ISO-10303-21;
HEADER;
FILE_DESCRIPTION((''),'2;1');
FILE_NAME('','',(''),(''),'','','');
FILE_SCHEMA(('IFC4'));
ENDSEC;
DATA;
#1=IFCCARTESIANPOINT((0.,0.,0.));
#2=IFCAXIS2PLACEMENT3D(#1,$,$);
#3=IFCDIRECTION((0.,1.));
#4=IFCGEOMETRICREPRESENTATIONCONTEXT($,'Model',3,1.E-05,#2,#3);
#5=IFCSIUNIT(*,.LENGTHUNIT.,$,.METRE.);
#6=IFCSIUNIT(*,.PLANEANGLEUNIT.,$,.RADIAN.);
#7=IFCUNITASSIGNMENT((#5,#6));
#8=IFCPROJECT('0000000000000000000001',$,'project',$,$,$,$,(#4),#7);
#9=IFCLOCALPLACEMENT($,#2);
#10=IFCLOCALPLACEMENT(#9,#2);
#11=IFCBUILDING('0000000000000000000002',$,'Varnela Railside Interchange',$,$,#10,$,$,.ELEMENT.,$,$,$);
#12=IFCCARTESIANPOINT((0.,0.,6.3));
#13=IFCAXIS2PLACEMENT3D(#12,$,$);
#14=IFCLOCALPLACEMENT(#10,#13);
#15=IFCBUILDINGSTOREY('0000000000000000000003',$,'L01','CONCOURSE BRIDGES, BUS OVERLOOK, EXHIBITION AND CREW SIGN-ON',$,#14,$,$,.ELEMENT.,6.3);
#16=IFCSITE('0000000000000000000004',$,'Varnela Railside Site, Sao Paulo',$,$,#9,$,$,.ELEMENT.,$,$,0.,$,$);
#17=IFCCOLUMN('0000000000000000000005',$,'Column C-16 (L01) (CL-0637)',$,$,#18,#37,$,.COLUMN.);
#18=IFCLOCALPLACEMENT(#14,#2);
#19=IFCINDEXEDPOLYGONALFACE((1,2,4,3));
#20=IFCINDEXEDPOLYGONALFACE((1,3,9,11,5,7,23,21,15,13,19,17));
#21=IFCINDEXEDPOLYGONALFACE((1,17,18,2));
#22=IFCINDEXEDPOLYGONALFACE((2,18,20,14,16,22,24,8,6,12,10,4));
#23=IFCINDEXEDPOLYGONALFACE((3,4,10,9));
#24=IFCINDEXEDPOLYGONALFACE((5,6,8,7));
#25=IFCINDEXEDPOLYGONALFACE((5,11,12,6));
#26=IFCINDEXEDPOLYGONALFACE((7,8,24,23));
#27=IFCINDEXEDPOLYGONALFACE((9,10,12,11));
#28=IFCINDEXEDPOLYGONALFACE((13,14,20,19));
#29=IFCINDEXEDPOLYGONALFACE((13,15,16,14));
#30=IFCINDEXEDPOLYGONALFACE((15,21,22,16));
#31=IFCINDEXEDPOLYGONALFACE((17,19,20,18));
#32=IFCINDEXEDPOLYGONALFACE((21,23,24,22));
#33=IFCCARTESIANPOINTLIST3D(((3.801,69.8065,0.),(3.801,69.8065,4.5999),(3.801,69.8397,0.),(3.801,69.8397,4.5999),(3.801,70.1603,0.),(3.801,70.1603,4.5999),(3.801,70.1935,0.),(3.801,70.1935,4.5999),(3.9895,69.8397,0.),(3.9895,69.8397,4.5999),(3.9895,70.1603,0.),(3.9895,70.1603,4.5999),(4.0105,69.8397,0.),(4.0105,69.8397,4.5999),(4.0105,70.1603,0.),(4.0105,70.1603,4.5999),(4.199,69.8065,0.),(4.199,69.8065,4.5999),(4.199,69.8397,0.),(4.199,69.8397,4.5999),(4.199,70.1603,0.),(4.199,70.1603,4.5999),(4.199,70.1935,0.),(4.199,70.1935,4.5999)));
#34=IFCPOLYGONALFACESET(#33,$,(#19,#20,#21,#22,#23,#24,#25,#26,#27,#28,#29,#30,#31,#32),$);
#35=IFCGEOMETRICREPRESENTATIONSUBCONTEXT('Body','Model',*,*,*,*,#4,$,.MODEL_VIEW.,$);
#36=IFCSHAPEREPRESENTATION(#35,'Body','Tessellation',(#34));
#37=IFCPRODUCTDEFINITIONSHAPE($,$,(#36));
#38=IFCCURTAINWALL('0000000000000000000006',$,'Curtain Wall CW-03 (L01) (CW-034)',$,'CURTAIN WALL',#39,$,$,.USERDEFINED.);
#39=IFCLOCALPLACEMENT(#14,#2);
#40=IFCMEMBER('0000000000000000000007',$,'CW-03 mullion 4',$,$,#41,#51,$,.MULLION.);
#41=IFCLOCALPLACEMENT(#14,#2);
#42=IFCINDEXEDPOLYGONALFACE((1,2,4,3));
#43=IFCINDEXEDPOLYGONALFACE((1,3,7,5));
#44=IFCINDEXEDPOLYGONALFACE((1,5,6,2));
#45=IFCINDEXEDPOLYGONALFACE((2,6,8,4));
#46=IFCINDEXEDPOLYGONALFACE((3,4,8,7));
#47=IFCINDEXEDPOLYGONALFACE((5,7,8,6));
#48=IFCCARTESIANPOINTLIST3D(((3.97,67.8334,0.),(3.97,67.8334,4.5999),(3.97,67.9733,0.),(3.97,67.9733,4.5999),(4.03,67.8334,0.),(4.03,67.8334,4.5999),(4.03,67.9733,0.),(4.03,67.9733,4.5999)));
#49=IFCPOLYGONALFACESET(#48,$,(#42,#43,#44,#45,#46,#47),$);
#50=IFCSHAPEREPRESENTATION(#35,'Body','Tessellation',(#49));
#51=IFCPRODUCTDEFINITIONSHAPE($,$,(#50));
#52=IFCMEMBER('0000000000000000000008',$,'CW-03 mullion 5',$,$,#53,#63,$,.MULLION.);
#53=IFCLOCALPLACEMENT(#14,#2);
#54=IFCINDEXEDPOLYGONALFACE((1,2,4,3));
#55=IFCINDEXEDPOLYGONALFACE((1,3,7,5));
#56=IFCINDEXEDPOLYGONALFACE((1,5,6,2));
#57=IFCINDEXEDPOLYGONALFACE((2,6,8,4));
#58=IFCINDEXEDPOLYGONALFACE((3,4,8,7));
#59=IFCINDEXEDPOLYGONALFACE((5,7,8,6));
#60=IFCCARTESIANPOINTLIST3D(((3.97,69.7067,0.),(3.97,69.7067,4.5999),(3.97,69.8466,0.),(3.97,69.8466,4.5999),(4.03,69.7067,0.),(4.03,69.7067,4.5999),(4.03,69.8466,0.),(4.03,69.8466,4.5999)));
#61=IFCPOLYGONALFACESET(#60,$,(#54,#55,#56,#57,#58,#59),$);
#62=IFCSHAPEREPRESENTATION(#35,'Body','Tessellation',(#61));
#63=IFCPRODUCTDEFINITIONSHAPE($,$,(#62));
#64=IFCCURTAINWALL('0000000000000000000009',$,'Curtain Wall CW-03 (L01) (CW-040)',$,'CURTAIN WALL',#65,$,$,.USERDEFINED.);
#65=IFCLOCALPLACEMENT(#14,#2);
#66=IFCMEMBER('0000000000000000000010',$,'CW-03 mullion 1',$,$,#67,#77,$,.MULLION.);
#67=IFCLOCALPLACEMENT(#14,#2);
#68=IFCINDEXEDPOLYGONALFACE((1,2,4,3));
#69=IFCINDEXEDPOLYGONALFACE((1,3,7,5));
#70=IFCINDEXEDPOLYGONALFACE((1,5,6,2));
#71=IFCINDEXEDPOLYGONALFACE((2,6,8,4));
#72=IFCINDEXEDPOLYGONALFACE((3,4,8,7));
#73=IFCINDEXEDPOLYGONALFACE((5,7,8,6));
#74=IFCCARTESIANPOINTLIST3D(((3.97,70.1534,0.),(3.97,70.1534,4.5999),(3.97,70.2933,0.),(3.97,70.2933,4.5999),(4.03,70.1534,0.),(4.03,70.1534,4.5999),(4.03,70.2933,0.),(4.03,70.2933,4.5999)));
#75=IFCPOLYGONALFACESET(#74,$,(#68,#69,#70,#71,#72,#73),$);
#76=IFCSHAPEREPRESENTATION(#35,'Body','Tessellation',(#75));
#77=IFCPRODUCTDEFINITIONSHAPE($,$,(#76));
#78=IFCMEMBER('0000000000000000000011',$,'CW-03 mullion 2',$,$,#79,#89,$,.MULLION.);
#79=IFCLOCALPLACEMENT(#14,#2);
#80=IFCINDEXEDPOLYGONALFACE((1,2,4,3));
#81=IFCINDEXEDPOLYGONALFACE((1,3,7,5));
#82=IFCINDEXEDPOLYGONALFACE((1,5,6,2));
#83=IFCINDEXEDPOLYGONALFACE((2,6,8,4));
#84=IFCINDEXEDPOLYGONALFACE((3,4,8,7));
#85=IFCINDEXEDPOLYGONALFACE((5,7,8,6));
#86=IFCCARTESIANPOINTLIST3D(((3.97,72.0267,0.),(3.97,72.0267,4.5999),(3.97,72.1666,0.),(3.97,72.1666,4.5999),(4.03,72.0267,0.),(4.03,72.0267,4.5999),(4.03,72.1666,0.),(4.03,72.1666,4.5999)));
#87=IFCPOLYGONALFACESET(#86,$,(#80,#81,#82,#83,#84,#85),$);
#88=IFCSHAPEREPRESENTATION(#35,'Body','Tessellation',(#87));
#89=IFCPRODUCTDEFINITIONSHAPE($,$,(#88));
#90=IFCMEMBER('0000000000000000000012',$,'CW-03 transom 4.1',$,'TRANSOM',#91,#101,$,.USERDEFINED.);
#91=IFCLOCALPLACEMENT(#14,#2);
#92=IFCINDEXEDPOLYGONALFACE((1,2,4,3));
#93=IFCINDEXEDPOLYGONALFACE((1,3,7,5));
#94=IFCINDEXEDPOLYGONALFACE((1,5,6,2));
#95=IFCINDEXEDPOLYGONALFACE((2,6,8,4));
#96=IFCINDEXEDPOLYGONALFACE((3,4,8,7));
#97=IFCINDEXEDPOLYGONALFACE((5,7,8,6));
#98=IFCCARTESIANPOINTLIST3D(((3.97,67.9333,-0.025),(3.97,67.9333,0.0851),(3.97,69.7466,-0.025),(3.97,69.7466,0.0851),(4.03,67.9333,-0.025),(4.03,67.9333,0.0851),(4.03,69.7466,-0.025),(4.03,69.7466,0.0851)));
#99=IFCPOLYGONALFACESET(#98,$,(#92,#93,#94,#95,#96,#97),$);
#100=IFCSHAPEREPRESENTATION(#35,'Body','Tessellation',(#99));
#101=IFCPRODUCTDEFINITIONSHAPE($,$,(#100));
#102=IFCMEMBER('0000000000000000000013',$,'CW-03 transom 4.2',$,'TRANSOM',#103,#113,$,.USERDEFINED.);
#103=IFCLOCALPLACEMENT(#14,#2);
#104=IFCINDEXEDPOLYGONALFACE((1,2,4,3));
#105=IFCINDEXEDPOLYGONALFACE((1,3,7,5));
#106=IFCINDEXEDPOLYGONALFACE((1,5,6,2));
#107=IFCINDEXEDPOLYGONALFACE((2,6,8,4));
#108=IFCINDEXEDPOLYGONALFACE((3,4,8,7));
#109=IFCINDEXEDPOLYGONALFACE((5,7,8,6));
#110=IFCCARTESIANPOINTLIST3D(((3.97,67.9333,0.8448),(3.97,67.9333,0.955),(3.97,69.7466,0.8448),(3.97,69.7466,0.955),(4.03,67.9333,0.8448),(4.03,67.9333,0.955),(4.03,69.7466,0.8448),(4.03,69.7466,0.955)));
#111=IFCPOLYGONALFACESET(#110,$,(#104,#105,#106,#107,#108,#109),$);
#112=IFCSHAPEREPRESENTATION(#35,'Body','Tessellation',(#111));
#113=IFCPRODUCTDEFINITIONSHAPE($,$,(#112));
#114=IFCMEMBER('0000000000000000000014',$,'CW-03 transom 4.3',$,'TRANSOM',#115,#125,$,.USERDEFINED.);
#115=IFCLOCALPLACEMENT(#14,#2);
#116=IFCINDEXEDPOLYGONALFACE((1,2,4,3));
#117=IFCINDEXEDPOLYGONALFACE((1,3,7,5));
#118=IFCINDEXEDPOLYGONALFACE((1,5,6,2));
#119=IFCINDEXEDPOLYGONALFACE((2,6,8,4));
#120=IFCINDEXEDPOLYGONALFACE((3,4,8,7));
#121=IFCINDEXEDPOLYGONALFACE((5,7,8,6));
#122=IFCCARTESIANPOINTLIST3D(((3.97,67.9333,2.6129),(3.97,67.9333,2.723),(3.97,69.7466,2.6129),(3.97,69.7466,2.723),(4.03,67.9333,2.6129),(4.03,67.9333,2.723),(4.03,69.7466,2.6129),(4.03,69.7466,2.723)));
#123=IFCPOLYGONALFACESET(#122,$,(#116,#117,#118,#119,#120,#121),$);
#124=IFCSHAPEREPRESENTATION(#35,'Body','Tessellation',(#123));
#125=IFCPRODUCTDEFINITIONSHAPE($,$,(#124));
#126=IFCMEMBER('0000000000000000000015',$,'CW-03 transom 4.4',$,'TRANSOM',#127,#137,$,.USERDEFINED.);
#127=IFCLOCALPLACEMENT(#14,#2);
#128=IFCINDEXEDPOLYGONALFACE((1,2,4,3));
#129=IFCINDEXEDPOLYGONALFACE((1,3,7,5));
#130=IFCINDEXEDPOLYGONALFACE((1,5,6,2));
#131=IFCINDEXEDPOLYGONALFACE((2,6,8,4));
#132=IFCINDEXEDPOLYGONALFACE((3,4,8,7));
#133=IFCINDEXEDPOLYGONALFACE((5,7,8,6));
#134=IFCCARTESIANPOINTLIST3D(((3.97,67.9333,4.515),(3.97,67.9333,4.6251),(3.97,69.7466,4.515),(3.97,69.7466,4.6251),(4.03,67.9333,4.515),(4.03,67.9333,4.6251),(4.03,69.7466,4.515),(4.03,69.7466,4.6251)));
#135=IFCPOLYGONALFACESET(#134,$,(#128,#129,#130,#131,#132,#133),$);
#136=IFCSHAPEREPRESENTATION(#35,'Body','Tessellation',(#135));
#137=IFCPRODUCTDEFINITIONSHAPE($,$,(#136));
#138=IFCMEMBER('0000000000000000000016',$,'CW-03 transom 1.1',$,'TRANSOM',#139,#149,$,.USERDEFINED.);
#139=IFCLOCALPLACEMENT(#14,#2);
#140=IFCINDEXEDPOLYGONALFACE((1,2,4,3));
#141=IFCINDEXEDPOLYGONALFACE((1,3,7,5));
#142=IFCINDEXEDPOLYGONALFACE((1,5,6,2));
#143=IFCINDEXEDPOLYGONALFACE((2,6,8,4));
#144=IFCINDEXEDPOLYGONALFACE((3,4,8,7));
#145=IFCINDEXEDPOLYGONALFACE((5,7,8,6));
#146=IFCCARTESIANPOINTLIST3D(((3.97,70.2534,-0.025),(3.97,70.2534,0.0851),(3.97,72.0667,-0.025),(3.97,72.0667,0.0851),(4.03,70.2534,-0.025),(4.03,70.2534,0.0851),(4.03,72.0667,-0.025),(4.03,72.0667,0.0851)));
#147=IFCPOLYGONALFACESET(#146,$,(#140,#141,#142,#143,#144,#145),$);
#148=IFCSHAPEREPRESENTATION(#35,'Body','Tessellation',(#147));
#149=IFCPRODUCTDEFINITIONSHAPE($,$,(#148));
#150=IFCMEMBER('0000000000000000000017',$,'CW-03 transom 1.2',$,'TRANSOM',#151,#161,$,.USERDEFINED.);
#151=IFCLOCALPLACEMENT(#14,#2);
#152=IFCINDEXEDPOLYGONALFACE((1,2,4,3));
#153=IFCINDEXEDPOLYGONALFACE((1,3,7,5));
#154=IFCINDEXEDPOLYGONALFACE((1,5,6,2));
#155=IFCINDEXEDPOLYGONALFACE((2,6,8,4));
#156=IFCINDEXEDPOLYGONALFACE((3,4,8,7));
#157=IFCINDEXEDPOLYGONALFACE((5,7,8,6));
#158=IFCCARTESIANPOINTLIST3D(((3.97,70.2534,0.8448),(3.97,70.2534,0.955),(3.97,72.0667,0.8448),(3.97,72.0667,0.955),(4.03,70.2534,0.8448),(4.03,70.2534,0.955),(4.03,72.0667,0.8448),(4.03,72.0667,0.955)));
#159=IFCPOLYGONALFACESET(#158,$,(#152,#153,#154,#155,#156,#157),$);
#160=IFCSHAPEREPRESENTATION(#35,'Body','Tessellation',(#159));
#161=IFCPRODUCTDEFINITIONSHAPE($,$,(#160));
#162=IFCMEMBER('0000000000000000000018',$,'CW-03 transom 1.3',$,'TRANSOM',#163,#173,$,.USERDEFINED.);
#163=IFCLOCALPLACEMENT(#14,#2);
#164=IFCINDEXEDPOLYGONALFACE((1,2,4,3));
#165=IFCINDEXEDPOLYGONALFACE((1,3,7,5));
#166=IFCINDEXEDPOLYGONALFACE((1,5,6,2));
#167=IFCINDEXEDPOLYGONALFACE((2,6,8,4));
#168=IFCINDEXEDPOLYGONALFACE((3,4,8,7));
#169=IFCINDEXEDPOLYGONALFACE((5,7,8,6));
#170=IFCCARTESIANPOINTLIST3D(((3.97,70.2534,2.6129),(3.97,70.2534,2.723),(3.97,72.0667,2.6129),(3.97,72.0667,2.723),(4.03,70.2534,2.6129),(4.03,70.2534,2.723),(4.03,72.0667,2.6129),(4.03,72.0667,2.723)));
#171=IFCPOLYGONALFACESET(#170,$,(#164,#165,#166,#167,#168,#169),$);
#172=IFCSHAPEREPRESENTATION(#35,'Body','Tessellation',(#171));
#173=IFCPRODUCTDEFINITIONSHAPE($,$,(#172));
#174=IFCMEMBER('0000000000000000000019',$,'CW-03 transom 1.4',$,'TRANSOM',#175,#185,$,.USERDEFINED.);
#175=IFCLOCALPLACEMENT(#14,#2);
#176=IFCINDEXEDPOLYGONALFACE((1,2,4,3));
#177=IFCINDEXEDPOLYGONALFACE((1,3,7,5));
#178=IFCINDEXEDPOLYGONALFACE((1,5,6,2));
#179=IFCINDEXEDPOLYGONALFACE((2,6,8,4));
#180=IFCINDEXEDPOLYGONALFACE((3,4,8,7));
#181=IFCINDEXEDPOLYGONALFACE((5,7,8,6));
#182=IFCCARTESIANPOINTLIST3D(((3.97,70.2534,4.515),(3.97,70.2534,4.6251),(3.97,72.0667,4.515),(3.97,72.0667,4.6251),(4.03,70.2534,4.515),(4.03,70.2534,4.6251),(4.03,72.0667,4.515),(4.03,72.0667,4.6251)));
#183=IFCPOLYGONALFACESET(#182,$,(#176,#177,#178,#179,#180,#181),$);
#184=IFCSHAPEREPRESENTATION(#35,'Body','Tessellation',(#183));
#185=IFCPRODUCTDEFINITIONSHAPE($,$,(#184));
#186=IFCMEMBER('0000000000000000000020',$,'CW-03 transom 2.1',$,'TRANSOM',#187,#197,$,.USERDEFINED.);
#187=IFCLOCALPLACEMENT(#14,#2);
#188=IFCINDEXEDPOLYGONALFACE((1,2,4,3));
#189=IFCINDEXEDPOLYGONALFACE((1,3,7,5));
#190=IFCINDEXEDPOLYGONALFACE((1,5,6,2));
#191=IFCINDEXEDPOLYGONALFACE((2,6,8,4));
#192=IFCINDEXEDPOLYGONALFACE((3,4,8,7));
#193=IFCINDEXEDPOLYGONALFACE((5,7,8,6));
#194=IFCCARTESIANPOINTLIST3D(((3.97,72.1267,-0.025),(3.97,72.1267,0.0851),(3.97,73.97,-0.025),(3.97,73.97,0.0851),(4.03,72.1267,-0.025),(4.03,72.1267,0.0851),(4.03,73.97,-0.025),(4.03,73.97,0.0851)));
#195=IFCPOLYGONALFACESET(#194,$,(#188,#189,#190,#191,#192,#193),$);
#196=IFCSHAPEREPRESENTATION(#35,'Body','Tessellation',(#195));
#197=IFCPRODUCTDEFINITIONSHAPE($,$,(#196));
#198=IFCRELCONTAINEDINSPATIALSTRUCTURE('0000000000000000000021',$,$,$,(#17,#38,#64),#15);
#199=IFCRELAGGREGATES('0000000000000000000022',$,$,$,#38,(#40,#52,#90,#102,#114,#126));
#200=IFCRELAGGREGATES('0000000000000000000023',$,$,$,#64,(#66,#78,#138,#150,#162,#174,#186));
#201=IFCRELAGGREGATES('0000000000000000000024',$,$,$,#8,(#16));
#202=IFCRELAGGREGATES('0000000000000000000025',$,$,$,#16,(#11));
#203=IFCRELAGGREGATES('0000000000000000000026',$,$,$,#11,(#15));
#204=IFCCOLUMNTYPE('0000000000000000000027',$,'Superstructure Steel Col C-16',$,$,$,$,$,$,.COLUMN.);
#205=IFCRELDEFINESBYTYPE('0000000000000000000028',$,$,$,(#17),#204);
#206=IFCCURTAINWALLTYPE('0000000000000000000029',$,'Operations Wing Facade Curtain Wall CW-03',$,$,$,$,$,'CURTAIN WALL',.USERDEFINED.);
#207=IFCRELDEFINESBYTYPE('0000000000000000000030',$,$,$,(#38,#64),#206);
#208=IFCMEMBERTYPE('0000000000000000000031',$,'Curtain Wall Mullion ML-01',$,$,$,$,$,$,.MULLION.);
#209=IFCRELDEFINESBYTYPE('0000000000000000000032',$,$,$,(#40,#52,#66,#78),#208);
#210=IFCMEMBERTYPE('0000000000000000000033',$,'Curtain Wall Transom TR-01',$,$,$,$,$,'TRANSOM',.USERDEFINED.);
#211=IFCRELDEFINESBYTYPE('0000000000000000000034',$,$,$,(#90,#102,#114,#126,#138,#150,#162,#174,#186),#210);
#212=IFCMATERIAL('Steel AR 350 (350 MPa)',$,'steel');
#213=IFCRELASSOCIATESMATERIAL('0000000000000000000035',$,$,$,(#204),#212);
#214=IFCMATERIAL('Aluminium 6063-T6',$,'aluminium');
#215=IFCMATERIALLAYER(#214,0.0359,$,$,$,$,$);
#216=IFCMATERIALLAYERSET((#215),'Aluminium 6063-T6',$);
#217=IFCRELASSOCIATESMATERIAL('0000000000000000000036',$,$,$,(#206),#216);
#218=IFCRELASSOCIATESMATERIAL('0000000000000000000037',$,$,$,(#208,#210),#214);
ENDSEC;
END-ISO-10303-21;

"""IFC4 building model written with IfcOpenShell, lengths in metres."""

from ifc_helpers import new_model, si_unit, direction, frame, origin, origin_2d, place, context, subcontext, project, spatial, rectangle, i_section, extrude, material, layer, layer_set, material_profile, profile_set, type_object, element, aggregate, save


model = new_model("IFC4")

# Units and contexts
model_context = context("Model", 3, precision=1e-05, world=origin(), true_north=direction((0.0, 1.0)))
body_context = subcontext(model_context, "Body", "Model", "MODEL_VIEW")
ifc_project = project(units=[si_unit("LENGTHUNIT", "METRE"), si_unit("PLANEANGLEUNIT", "RADIAN")], contexts=[model_context])

# Site, building, storey
site_placement = place(None, origin())
site = spatial("IfcSite", under=ifc_project, at=site_placement, Name="Varnela Railside Site, Sao Paulo", CompositionType="ELEMENT", RefElevation=0.0)
building_placement = place(site_placement, origin())
building = spatial("IfcBuilding", under=site, at=building_placement, Name="Varnela Railside Interchange", CompositionType="ELEMENT")
storey_placement = place(building_placement, frame((0.0, 0.0, 6.3)))
storey = spatial("IfcBuildingStorey", under=building, at=storey_placement, Name="L01", Description="CONCOURSE BRIDGES, BUS OVERLOOK, EXHIBITION AND CREW SIGN-ON", CompositionType="ELEMENT", Elevation=6.3)

# Column
ifc_material_1 = material(Name="Steel AR 350 (350 MPa)", Category="steel")
ifc_material_profile_1 = material_profile(ifc_material_1, i_section(OverallWidth=0.3979, OverallDepth=0.387, WebThickness=0.021, FlangeThickness=0.0332, at=origin_2d()), Name="W360x262")
ifc_profile_set_1 = profile_set([ifc_material_profile_1], Name="Steel AR 350 (350 MPa)")
column_type = type_object("IfcColumnType", Name="Superstructure Steel Col C-16", PredefinedType="COLUMN", material=ifc_profile_set_1)
column_placement = place(storey_placement, frame((4.0, 70.0, 0.0), z_axis=(0.0, 0.0, 1.0), x_axis=(1.0, 0.0, 0.0)))
element("IfcColumn", 1, at=column_placement, inside=storey, type_object=column_type, Name="Column C-16 (L01) (CL-0637)", PredefinedType="COLUMN", context=body_context, shape_type="SweptSolid", body=[
    extrude(i_section(OverallWidth=0.3979, OverallDepth=0.387, WebThickness=0.021, FlangeThickness=0.0332, at=origin_2d()), origin(), (0.0, 0.0, 1.0), 4.5999),
])

# Curtain walls, members
ifc_material_2 = material(Name="Aluminium 6063-T6", Category="aluminium")
ifc_layer_1 = layer(ifc_material_2, 0.0359)
ifc_layer_set_1 = layer_set([ifc_layer_1], Name="Aluminium 6063-T6")
curtain_wall_type = type_object("IfcCurtainWallType", Name="Operations Wing Facade Curtain Wall CW-03", ElementType="CURTAIN WALL", PredefinedType="USERDEFINED", material=ifc_layer_set_1)
curtain_wall_1_placement = place(storey_placement, origin())
curtain_wall_1 = element("IfcCurtainWall", 2, at=curtain_wall_1_placement, inside=storey, type_object=curtain_wall_type, Name="Curtain Wall CW-03 (L01) (CW-034)", ObjectType="CURTAIN WALL", PredefinedType="USERDEFINED")
ifc_material_profile_2 = material_profile(ifc_material_2, rectangle(XDim=0.0601, YDim=0.1399, at=origin_2d()), Name="ALU 60x140")
ifc_profile_set_2 = profile_set([ifc_material_profile_2], Name="Aluminium 6063-T6")
member_type_1 = type_object("IfcMemberType", Name="Curtain Wall Mullion ML-01", PredefinedType="MULLION", material=ifc_profile_set_2)
member_1_placement = place(storey_placement, frame((4.0, 67.9033, 0.0), z_axis=(0.0, 0.0, 1.0), x_axis=(-1.0, 0.0, 0.0)))
member_1 = element("IfcMember", 3, at=member_1_placement, type_object=member_type_1, Name="CW-03 mullion 4", PredefinedType="MULLION", context=body_context, shape_type="SweptSolid", body=[
    extrude(rectangle(XDim=0.0601, YDim=0.1399, at=origin_2d()), origin(), (0.0, 0.0, 1.0), 4.5999),
])
member_2_placement = place(storey_placement, frame((4.0, 69.7766, 0.0), z_axis=(0.0, 0.0, 1.0), x_axis=(-1.0, 0.0, 0.0)))
member_2 = element("IfcMember", 4, at=member_2_placement, type_object=member_type_1, Name="CW-03 mullion 5", PredefinedType="MULLION", context=body_context, shape_type="SweptSolid", body=[
    extrude(rectangle(XDim=0.0601, YDim=0.1399, at=origin_2d()), origin(), (0.0, 0.0, 1.0), 4.5999),
])
curtain_wall_2_placement = place(storey_placement, origin())
curtain_wall_2 = element("IfcCurtainWall", 5, at=curtain_wall_2_placement, inside=storey, type_object=curtain_wall_type, Name="Curtain Wall CW-03 (L01) (CW-040)", ObjectType="CURTAIN WALL", PredefinedType="USERDEFINED")
member_3_placement = place(storey_placement, frame((4.0, 70.2234, 0.0), z_axis=(0.0, 0.0, 1.0), x_axis=(-1.0, 0.0, 0.0)))
member_3 = element("IfcMember", 6, at=member_3_placement, type_object=member_type_1, Name="CW-03 mullion 1", PredefinedType="MULLION", context=body_context, shape_type="SweptSolid", body=[
    extrude(rectangle(XDim=0.0601, YDim=0.1399, at=origin_2d()), origin(), (0.0, 0.0, 1.0), 4.5999),
])
member_4_placement = place(storey_placement, frame((4.0, 72.0967, 0.0), z_axis=(0.0, 0.0, 1.0), x_axis=(-1.0, 0.0, 0.0)))
member_4 = element("IfcMember", 7, at=member_4_placement, type_object=member_type_1, Name="CW-03 mullion 2", PredefinedType="MULLION", context=body_context, shape_type="SweptSolid", body=[
    extrude(rectangle(XDim=0.0601, YDim=0.1399, at=origin_2d()), origin(), (0.0, 0.0, 1.0), 4.5999),
])

# Members
ifc_material_profile_3 = material_profile(ifc_material_2, rectangle(XDim=0.0601, YDim=0.1101, at=origin_2d()), Name="ALU 60x110")
ifc_profile_set_3 = profile_set([ifc_material_profile_3], Name="Aluminium 6063-T6")
member_type_2 = type_object("IfcMemberType", Name="Curtain Wall Transom TR-01", ElementType="TRANSOM", PredefinedType="USERDEFINED", material=ifc_profile_set_3)
member_5_placement = place(storey_placement, frame((4.0, 67.9333, 0.03), z_axis=(0.0, 1.0, 0.0), x_axis=(-1.0, 0.0, 0.0)))
member_5 = element("IfcMember", 8, at=member_5_placement, type_object=member_type_2, Name="CW-03 transom 4.1", ObjectType="TRANSOM", PredefinedType="USERDEFINED", context=body_context, shape_type="SweptSolid", body=[
    extrude(rectangle(XDim=0.0601, YDim=0.1101, at=origin_2d()), origin(), (0.0, 0.0, 1.0), 1.8132),
])
member_6_placement = place(storey_placement, frame((4.0, 67.9333, 0.8999), z_axis=(0.0, 1.0, 0.0), x_axis=(-1.0, 0.0, 0.0)))
member_6 = element("IfcMember", 9, at=member_6_placement, type_object=member_type_2, Name="CW-03 transom 4.2", ObjectType="TRANSOM", PredefinedType="USERDEFINED", context=body_context, shape_type="SweptSolid", body=[
    extrude(rectangle(XDim=0.0601, YDim=0.1101, at=origin_2d()), origin(), (0.0, 0.0, 1.0), 1.8132),
])
member_7_placement = place(storey_placement, frame((4.0, 67.9333, 2.668), z_axis=(0.0, 1.0, 0.0), x_axis=(-1.0, 0.0, 0.0)))
member_7 = element("IfcMember", 10, at=member_7_placement, type_object=member_type_2, Name="CW-03 transom 4.3", ObjectType="TRANSOM", PredefinedType="USERDEFINED", context=body_context, shape_type="SweptSolid", body=[
    extrude(rectangle(XDim=0.0601, YDim=0.1101, at=origin_2d()), origin(), (0.0, 0.0, 1.0), 1.8132),
])
member_8_placement = place(storey_placement, frame((4.0, 67.9333, 4.5701), z_axis=(0.0, 1.0, 0.0), x_axis=(-1.0, 0.0, 0.0)))
member_8 = element("IfcMember", 11, at=member_8_placement, type_object=member_type_2, Name="CW-03 transom 4.4", ObjectType="TRANSOM", PredefinedType="USERDEFINED", context=body_context, shape_type="SweptSolid", body=[
    extrude(rectangle(XDim=0.0601, YDim=0.1101, at=origin_2d()), origin(), (0.0, 0.0, 1.0), 1.8132),
])
member_9_placement = place(storey_placement, frame((4.0, 70.2534, 0.03), z_axis=(0.0, 1.0, 0.0), x_axis=(-1.0, 0.0, 0.0)))
member_9 = element("IfcMember", 12, at=member_9_placement, type_object=member_type_2, Name="CW-03 transom 1.1", ObjectType="TRANSOM", PredefinedType="USERDEFINED", context=body_context, shape_type="SweptSolid", body=[
    extrude(rectangle(XDim=0.0601, YDim=0.1101, at=origin_2d()), origin(), (0.0, 0.0, 1.0), 1.8132),
])
member_10_placement = place(storey_placement, frame((4.0, 70.2534, 0.8999), z_axis=(0.0, 1.0, 0.0), x_axis=(-1.0, 0.0, 0.0)))
member_10 = element("IfcMember", 13, at=member_10_placement, type_object=member_type_2, Name="CW-03 transom 1.2", ObjectType="TRANSOM", PredefinedType="USERDEFINED", context=body_context, shape_type="SweptSolid", body=[
    extrude(rectangle(XDim=0.0601, YDim=0.1101, at=origin_2d()), origin(), (0.0, 0.0, 1.0), 1.8132),
])
member_11_placement = place(storey_placement, frame((4.0, 70.2534, 2.668), z_axis=(0.0, 1.0, 0.0), x_axis=(-1.0, 0.0, 0.0)))
member_11 = element("IfcMember", 14, at=member_11_placement, type_object=member_type_2, Name="CW-03 transom 1.3", ObjectType="TRANSOM", PredefinedType="USERDEFINED", context=body_context, shape_type="SweptSolid", body=[
    extrude(rectangle(XDim=0.0601, YDim=0.1101, at=origin_2d()), origin(), (0.0, 0.0, 1.0), 1.8132),
])
member_12_placement = place(storey_placement, frame((4.0, 70.2534, 4.5701), z_axis=(0.0, 1.0, 0.0), x_axis=(-1.0, 0.0, 0.0)))
member_12 = element("IfcMember", 15, at=member_12_placement, type_object=member_type_2, Name="CW-03 transom 1.4", ObjectType="TRANSOM", PredefinedType="USERDEFINED", context=body_context, shape_type="SweptSolid", body=[
    extrude(rectangle(XDim=0.0601, YDim=0.1101, at=origin_2d()), origin(), (0.0, 0.0, 1.0), 1.8132),
])
member_13_placement = place(storey_placement, frame((4.0, 72.1267, 0.03), z_axis=(0.0, 1.0, 0.0), x_axis=(-1.0, 0.0, 0.0)))
member_13 = element("IfcMember", 16, at=member_13_placement, type_object=member_type_2, Name="CW-03 transom 2.1", ObjectType="TRANSOM", PredefinedType="USERDEFINED", context=body_context, shape_type="SweptSolid", body=[
    extrude(rectangle(XDim=0.0601, YDim=0.1101, at=origin_2d()), origin(), (0.0, 0.0, 1.0), 1.8433),
])

aggregate(curtain_wall_1, [member_1, member_2, member_5, member_6, member_7, member_8])
aggregate(curtain_wall_2, [member_3, member_4, member_9, member_10, member_11, member_12, member_13])

save(model, "model.ifc")
